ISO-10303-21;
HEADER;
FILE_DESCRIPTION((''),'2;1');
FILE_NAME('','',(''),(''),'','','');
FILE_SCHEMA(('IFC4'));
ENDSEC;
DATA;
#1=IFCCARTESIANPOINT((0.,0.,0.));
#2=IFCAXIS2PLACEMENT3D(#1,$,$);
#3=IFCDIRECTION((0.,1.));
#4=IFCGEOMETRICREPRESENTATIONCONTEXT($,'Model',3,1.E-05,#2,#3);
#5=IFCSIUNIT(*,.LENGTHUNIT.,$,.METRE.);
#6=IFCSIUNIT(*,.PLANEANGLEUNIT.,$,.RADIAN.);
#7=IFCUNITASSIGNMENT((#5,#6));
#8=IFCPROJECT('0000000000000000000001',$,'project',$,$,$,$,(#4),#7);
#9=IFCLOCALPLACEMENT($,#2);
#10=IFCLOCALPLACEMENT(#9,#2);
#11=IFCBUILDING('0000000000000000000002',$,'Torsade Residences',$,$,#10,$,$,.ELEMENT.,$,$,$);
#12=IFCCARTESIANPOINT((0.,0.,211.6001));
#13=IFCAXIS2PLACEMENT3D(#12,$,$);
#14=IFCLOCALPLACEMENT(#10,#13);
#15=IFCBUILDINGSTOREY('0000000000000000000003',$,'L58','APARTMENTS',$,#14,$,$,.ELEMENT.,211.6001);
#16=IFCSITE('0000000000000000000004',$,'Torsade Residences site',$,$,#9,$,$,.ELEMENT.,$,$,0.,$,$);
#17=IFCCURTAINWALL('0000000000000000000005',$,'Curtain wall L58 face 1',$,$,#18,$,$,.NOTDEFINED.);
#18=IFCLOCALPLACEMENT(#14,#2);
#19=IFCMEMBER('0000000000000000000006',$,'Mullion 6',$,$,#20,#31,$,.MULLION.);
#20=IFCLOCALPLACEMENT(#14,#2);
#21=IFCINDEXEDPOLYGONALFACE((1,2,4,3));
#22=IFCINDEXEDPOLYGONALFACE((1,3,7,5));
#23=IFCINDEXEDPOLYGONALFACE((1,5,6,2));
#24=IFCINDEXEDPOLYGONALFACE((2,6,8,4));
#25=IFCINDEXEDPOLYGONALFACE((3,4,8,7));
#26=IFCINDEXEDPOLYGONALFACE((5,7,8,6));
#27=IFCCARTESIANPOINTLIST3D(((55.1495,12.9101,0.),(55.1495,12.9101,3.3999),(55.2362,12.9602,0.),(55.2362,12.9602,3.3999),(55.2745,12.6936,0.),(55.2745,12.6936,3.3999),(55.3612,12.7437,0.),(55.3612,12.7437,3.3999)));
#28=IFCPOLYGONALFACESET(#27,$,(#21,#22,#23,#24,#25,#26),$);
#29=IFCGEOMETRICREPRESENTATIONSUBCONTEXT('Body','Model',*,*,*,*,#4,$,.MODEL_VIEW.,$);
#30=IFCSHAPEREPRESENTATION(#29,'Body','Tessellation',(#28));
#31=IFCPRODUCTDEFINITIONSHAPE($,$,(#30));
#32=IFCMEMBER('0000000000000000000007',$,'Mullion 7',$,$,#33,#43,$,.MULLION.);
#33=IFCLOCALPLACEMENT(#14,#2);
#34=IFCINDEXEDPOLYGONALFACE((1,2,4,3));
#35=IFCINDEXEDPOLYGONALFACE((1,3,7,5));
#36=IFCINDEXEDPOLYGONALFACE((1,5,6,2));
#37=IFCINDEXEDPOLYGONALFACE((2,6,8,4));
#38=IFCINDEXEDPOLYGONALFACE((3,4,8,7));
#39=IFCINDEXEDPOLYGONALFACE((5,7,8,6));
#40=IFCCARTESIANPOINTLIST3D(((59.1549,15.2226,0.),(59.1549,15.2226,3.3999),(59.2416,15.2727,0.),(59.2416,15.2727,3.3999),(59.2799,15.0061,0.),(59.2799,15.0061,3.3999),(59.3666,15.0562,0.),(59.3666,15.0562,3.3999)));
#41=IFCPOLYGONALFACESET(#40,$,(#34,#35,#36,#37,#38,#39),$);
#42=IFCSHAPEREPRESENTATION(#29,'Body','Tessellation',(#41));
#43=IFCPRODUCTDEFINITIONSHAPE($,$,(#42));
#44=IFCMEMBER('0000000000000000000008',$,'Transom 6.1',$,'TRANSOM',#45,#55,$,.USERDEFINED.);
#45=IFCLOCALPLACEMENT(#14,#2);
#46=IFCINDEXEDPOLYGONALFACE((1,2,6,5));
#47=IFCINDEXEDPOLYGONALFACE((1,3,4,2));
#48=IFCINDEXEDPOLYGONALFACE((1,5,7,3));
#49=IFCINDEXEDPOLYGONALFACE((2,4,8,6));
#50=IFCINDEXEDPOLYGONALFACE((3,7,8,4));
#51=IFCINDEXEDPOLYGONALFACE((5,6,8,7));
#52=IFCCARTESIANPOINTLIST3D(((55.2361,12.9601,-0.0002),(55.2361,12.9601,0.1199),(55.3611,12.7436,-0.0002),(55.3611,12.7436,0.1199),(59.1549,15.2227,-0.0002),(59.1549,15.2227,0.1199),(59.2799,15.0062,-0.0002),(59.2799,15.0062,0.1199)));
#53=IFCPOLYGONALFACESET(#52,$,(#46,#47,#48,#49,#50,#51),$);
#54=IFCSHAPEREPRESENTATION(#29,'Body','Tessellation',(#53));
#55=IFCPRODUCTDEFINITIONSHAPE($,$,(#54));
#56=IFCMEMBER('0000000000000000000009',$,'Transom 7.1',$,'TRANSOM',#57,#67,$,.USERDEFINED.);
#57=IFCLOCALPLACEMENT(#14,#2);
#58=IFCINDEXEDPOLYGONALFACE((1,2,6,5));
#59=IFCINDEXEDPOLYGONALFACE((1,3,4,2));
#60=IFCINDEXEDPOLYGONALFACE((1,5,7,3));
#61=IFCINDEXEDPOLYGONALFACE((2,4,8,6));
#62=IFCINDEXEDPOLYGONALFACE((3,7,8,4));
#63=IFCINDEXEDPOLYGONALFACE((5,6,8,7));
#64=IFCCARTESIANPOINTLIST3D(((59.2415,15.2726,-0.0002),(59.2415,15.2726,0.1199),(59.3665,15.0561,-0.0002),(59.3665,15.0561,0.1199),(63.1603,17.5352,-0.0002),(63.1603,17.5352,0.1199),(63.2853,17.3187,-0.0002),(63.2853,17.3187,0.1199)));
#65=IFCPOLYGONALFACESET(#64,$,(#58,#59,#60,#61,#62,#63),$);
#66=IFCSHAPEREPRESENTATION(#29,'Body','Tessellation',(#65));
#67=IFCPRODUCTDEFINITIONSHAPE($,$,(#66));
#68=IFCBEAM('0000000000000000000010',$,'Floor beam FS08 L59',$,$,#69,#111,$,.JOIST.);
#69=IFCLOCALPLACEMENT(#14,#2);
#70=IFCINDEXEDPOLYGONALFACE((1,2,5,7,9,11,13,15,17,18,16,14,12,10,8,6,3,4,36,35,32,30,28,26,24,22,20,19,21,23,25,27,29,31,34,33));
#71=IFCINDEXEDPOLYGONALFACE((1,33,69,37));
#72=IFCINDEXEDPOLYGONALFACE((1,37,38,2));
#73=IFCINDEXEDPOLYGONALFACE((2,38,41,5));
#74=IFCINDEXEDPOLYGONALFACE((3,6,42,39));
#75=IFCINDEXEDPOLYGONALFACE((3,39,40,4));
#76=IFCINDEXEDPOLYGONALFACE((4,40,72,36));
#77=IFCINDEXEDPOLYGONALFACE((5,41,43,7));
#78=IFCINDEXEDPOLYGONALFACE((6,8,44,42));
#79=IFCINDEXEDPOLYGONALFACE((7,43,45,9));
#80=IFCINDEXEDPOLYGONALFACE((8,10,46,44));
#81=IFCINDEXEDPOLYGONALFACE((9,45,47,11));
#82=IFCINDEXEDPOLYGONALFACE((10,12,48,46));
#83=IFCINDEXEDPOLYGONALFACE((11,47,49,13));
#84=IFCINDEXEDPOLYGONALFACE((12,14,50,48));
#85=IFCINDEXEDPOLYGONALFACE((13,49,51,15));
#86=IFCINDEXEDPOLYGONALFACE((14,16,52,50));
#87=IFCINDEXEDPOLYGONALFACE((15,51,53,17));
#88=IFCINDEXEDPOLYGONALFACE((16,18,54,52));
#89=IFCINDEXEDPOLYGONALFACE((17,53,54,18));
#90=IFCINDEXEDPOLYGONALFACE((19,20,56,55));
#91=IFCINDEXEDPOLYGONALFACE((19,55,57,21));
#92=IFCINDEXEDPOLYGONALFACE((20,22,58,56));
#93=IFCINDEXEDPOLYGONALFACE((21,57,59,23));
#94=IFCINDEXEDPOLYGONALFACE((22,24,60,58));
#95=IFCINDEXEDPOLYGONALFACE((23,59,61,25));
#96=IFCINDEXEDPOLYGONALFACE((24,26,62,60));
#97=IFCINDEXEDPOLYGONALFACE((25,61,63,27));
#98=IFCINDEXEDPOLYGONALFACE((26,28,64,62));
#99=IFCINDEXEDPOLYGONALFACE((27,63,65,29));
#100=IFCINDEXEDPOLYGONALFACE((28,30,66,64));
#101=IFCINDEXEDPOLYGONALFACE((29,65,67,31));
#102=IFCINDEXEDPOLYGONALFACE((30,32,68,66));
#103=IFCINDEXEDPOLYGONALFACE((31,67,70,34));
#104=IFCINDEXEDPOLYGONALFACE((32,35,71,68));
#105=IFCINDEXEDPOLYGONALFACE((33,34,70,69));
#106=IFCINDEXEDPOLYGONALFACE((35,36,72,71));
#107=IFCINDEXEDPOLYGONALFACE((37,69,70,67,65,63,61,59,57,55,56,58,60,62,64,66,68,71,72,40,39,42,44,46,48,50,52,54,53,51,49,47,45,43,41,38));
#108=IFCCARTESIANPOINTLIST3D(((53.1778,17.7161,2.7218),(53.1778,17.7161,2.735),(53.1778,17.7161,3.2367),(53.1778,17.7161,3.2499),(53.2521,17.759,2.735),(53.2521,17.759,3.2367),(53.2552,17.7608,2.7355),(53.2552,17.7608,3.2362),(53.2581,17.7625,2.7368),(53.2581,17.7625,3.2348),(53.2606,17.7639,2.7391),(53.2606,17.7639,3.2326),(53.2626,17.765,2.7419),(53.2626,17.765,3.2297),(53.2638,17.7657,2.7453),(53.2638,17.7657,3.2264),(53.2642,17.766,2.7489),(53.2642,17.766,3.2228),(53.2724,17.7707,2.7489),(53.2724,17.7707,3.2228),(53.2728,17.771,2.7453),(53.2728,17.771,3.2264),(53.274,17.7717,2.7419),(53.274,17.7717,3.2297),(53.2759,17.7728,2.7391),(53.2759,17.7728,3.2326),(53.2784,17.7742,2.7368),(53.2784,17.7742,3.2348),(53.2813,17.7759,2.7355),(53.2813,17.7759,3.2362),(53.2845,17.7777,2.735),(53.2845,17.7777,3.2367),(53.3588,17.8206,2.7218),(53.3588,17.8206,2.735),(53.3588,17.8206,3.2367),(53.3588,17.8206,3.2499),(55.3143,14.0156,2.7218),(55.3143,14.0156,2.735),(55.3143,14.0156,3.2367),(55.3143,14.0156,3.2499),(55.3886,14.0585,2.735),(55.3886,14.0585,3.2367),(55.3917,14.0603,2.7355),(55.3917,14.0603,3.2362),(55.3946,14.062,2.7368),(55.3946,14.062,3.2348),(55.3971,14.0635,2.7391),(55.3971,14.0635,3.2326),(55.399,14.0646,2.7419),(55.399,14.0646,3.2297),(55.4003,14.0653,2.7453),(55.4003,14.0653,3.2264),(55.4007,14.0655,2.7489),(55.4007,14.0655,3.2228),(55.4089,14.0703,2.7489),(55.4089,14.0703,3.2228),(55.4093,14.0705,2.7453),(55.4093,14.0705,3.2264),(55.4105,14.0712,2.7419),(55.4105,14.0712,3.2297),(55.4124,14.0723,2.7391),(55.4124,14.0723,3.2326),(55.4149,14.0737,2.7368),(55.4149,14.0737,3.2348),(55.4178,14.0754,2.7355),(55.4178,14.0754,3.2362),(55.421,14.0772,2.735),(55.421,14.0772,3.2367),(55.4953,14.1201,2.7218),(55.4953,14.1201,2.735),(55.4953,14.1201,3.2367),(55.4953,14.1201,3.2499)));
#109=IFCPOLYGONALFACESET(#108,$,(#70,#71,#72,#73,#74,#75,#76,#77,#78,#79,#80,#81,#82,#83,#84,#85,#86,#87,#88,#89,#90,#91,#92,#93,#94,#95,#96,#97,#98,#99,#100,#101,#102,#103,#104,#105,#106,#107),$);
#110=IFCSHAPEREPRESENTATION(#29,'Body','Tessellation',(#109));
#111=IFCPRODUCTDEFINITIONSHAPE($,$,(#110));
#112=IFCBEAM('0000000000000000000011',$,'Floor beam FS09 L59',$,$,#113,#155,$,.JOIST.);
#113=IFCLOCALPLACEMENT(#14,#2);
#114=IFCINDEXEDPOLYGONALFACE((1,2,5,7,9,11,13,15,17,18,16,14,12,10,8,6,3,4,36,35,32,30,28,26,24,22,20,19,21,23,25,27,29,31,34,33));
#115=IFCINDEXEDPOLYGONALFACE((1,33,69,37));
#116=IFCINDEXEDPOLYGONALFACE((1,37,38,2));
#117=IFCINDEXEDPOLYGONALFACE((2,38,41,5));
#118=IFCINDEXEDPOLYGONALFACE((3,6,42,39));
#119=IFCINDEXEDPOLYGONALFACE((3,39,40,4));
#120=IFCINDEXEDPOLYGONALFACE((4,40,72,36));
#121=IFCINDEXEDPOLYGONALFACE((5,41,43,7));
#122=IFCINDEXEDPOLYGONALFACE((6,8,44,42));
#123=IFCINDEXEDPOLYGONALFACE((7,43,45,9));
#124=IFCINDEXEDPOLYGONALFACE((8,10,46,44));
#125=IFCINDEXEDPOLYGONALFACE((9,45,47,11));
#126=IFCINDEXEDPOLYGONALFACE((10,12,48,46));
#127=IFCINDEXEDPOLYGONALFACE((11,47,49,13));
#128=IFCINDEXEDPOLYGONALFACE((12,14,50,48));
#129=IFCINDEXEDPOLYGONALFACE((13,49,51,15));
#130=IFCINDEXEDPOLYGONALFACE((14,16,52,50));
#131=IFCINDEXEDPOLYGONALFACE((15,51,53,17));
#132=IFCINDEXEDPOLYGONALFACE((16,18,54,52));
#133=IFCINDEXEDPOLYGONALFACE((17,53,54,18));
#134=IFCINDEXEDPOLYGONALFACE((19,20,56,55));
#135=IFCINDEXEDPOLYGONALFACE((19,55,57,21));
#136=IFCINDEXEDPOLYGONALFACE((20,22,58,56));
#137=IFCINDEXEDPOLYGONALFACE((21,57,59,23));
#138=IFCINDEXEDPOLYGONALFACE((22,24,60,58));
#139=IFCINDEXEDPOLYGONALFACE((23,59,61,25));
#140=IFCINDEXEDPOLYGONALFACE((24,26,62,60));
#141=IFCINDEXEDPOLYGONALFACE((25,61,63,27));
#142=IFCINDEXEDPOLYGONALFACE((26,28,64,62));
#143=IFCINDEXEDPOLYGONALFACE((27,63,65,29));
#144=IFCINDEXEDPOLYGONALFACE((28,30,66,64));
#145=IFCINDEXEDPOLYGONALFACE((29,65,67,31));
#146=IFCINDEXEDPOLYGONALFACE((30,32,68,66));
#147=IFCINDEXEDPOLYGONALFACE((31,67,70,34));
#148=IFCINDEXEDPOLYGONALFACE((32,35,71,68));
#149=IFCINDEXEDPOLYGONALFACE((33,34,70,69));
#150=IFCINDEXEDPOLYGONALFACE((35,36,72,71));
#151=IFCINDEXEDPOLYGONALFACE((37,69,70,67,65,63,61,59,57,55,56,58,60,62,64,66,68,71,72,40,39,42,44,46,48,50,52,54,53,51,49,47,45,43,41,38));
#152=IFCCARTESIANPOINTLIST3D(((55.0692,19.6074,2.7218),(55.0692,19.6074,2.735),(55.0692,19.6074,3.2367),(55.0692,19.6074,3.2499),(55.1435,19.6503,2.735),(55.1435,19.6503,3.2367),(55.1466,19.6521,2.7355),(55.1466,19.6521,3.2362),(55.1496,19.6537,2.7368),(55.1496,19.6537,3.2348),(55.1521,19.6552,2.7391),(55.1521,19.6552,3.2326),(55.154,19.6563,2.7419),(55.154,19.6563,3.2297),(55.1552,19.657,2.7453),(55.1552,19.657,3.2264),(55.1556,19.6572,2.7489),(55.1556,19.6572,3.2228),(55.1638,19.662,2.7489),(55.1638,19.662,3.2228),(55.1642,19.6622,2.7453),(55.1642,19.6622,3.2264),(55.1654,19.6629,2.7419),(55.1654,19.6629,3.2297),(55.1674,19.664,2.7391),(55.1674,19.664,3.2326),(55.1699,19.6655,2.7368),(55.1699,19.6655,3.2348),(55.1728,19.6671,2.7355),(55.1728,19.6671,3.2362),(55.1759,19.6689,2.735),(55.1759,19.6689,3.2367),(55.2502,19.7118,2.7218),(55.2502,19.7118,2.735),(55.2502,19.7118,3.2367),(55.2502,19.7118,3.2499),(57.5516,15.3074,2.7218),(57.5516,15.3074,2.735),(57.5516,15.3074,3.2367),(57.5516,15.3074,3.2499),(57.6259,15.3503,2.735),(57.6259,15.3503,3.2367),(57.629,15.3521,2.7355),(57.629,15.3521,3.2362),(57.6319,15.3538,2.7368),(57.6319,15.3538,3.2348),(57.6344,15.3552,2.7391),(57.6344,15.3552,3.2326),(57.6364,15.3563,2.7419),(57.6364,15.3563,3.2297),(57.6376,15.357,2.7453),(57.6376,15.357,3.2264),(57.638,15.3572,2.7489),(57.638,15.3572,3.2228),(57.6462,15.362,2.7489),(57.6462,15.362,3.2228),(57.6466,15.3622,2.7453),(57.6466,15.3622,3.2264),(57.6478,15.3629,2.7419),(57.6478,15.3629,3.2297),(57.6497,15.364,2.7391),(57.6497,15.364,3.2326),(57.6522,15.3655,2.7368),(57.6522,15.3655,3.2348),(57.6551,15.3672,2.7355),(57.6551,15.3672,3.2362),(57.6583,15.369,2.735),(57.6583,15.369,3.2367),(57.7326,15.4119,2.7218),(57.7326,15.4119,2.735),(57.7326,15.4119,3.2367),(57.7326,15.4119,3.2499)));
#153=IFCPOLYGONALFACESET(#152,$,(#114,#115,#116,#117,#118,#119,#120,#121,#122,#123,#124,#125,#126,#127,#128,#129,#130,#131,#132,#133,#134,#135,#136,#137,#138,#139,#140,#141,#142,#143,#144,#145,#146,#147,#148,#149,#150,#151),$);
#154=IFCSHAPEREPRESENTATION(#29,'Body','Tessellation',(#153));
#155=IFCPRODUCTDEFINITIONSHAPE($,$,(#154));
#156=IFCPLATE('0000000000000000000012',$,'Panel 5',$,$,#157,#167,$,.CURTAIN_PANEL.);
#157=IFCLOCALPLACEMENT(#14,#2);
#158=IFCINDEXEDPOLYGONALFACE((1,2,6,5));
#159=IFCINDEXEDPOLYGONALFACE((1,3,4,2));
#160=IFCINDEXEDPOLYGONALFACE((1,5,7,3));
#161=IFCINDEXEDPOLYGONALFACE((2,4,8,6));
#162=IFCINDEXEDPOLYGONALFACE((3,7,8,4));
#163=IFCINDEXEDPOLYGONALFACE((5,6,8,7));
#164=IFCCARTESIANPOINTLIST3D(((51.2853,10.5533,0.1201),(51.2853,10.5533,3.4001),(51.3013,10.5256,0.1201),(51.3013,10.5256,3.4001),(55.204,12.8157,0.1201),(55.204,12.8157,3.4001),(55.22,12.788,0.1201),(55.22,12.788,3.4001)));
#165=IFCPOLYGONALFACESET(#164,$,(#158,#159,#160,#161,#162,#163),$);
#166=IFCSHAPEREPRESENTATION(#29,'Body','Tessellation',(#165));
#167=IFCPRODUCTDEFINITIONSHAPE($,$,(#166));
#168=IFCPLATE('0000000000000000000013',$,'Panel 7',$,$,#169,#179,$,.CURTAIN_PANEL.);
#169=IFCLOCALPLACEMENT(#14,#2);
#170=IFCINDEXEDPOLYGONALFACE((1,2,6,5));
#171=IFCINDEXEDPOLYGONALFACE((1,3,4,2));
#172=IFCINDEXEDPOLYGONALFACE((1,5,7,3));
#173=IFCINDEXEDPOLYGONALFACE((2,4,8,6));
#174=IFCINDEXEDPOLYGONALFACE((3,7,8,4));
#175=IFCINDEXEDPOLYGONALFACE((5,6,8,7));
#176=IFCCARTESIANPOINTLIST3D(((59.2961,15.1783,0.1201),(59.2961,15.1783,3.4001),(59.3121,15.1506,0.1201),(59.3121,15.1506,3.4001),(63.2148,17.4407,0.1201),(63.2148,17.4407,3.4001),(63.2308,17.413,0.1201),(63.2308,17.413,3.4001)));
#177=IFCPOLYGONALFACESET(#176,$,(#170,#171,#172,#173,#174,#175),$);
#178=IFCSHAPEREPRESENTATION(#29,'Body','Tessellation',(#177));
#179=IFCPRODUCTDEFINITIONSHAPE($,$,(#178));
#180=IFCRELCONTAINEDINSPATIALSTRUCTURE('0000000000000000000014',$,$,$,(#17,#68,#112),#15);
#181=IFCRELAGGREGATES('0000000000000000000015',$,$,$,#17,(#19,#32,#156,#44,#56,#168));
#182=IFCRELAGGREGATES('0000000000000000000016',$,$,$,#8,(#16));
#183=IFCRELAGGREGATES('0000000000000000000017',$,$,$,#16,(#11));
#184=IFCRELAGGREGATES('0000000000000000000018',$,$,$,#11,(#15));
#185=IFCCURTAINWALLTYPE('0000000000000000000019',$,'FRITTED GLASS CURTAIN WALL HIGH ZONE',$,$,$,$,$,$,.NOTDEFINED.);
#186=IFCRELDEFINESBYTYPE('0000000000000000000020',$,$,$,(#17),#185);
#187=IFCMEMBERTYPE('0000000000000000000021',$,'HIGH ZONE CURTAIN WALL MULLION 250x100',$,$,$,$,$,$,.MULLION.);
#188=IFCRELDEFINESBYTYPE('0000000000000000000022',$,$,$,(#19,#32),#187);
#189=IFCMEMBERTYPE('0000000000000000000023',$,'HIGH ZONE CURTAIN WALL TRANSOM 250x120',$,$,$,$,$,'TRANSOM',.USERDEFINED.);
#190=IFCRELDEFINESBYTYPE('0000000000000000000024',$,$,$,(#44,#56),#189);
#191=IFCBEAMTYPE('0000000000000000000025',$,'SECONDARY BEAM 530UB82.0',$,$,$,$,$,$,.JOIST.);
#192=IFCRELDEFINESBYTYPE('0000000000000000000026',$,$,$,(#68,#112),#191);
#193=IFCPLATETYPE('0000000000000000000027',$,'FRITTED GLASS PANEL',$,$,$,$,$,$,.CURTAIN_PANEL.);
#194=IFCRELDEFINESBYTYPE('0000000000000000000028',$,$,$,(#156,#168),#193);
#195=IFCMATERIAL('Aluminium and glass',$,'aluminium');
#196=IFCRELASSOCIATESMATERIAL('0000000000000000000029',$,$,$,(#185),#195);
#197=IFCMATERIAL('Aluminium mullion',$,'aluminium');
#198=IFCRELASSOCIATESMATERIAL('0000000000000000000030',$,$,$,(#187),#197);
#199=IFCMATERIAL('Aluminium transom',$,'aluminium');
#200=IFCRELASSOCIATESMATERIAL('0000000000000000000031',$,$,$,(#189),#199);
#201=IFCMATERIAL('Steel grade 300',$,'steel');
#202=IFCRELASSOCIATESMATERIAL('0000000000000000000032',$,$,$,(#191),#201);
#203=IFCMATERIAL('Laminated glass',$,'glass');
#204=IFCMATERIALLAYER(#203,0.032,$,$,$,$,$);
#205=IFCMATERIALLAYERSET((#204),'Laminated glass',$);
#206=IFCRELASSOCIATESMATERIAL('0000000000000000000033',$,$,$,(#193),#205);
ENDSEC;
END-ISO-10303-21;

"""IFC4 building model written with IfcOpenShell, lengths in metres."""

from ifc_helpers import new_model, si_unit, direction, frame, origin, origin_2d, place, context, subcontext, project, spatial, rectangle, i_section, extrude, material, layer, layer_set, material_profile, profile_set, type_object, element, aggregate, save


model = new_model("IFC4")

# Units and contexts
model_context = context("Model", 3, precision=1e-05, world=origin(), true_north=direction((0.0, 1.0)))
body_context = subcontext(model_context, "Body", "Model", "MODEL_VIEW")
ifc_project = project(units=[si_unit("LENGTHUNIT", "METRE"), si_unit("PLANEANGLEUNIT", "RADIAN")], contexts=[model_context])

# Site, building, storey
site_placement = place(None, origin())
site = spatial("IfcSite", under=ifc_project, at=site_placement, Name="Torsade Residences site", CompositionType="ELEMENT", RefElevation=0.0)
building_placement = place(site_placement, origin())
building = spatial("IfcBuilding", under=site, at=building_placement, Name="Torsade Residences", CompositionType="ELEMENT")
storey_placement = place(building_placement, frame((0.0, 0.0, 211.6001)))
storey = spatial("IfcBuildingStorey", under=building, at=storey_placement, Name="L58", Description="APARTMENTS", CompositionType="ELEMENT", Elevation=211.6001)

# Curtain wall, members
ifc_material_1 = material(Name="Aluminium and glass", Category="aluminium")
curtain_wall_type = type_object("IfcCurtainWallType", Name="FRITTED GLASS CURTAIN WALL HIGH ZONE", PredefinedType="NOTDEFINED", material=ifc_material_1)
curtain_wall_placement = place(storey_placement, origin())
curtain_wall = element("IfcCurtainWall", 1, at=curtain_wall_placement, inside=storey, type_object=curtain_wall_type, Name="Curtain wall L58 face 1", PredefinedType="NOTDEFINED")
ifc_material_2 = material(Name="Aluminium mullion", Category="aluminium")
ifc_material_profile_1 = material_profile(ifc_material_2, rectangle(XDim=0.25, YDim=0.1001, at=origin_2d()), Name="HIGH ZONE CURTAIN WALL MULLION 250x100")
ifc_profile_set_1 = profile_set([ifc_material_profile_1], Name="Aluminium mullion")
member_type_1 = type_object("IfcMemberType", Name="HIGH ZONE CURTAIN WALL MULLION 250x100", PredefinedType="MULLION", material=ifc_profile_set_1)
member_1_placement = place(storey_placement, frame((55.2554, 12.8269, 0.0), z_axis=(0.0, 0.0, 1.0), x_axis=(-0.5, 0.866025, 0.0)))
member_1 = element("IfcMember", 2, at=member_1_placement, type_object=member_type_1, Name="Mullion 6", PredefinedType="MULLION", context=body_context, shape_type="SweptSolid", body=[
    extrude(rectangle(XDim=0.25, YDim=0.1001, at=origin_2d()), origin(), (0.0, 0.0, 1.0), 3.3999),
])
member_2_placement = place(storey_placement, frame((59.2607, 15.1394, 0.0), z_axis=(0.0, 0.0, 1.0), x_axis=(-0.5, 0.866025, 0.0)))
member_2 = element("IfcMember", 3, at=member_2_placement, type_object=member_type_1, Name="Mullion 7", PredefinedType="MULLION", context=body_context, shape_type="SweptSolid", body=[
    extrude(rectangle(XDim=0.25, YDim=0.1001, at=origin_2d()), origin(), (0.0, 0.0, 1.0), 3.3999),
])
ifc_material_3 = material(Name="Aluminium transom", Category="aluminium")
ifc_material_profile_2 = material_profile(ifc_material_3, rectangle(XDim=0.25, YDim=0.1201, at=origin_2d()), Name="HIGH ZONE CURTAIN WALL TRANSOM 250x120")
ifc_profile_set_2 = profile_set([ifc_material_profile_2], Name="Aluminium transom")
member_type_2 = type_object("IfcMemberType", Name="HIGH ZONE CURTAIN WALL TRANSOM 250x120", ElementType="TRANSOM", PredefinedType="USERDEFINED", material=ifc_profile_set_2)
member_3_placement = place(storey_placement, frame((55.2986, 12.8518, 0.0598), z_axis=(0.866017, 0.500015, 0.0), x_axis=(-0.500015, 0.866017, 0.0)))
member_3 = element("IfcMember", 4, at=member_3_placement, type_object=member_type_2, Name="Transom 6.1", ObjectType="TRANSOM", PredefinedType="USERDEFINED", context=body_context, shape_type="SweptSolid", body=[
    extrude(rectangle(XDim=0.25, YDim=0.1201, at=origin_2d()), origin(), (0.0, 0.0, 1.0), 4.5251),
])
member_4_placement = place(storey_placement, frame((59.304, 15.1643, 0.0598), z_axis=(0.866017, 0.500015, 0.0), x_axis=(-0.500015, 0.866017, 0.0)))
member_4 = element("IfcMember", 5, at=member_4_placement, type_object=member_type_2, Name="Transom 7.1", ObjectType="TRANSOM", PredefinedType="USERDEFINED", context=body_context, shape_type="SweptSolid", body=[
    extrude(rectangle(XDim=0.25, YDim=0.1201, at=origin_2d()), origin(), (0.0, 0.0, 1.0), 4.5251),
])

# Beams
ifc_material_4 = material(Name="Steel grade 300", Category="steel")
ifc_material_profile_3 = material_profile(ifc_material_4, i_section(OverallWidth=0.209, OverallDepth=0.5281, WebThickness=0.0095, FlangeThickness=0.0132, FilletRadius=0.0139, at=origin_2d()), Name="530UB82.0")
ifc_profile_set_3 = profile_set([ifc_material_profile_3], Name="Steel grade 300")
beam_type = type_object("IfcBeamType", Name="SECONDARY BEAM 530UB82.0", PredefinedType="JOIST", material=ifc_profile_set_3)
beam_1_placement = place(storey_placement, frame((55.4048, 14.0679, 2.9858), z_axis=(-0.500004, 0.866023, 0.0), x_axis=(-0.866023, -0.500004, 0.0)))
element("IfcBeam", 6, at=beam_1_placement, inside=storey, type_object=beam_type, Name="Floor beam FS08 L59", PredefinedType="JOIST", context=body_context, shape_type="SweptSolid", body=[
    extrude(i_section(OverallWidth=0.209, OverallDepth=0.5281, WebThickness=0.0095, FlangeThickness=0.0132, FilletRadius=0.0139, at=origin_2d()), origin(), (0.0, 0.0, 1.0), 4.2729),
])
beam_2_placement = place(storey_placement, frame((57.6421, 15.3596, 2.9858), z_axis=(-0.499968, 0.866044, 0.0), x_axis=(-0.866044, -0.499968, 0.0)))
element("IfcBeam", 7, at=beam_2_placement, inside=storey, type_object=beam_type, Name="Floor beam FS09 L59", PredefinedType="JOIST", context=body_context, shape_type="SweptSolid", body=[
    extrude(i_section(OverallWidth=0.209, OverallDepth=0.5281, WebThickness=0.0095, FlangeThickness=0.0132, FilletRadius=0.0139, at=origin_2d()), origin(), (0.0, 0.0, 1.0), 4.9651),
])

# Plates
ifc_material_5 = material(Name="Laminated glass", Category="glass")
ifc_layer_1 = layer(ifc_material_5, 0.032)
ifc_layer_set_1 = layer_set([ifc_layer_1], Name="Laminated glass")
plate_type_1 = type_object("IfcPlateType", Name="FRITTED GLASS PANEL", PredefinedType="CURTAIN_PANEL", material=ifc_layer_set_1)
plate_1_placement = place(storey_placement, frame((53.2527, 11.6707, 0.1201), z_axis=(0.0, 0.0, 1.0), x_axis=(0.866025, 0.5, 0.0)))
plate_1 = element("IfcPlate", 8, at=plate_1_placement, type_object=plate_type_1, Name="Panel 5", PredefinedType="CURTAIN_PANEL", context=body_context, shape_type="SweptSolid", body=[
    extrude(rectangle(XDim=4.5249, YDim=0.032, at=origin_2d()), origin(), (0.0, 0.0, 1.0), 3.28),
])
plate_2_placement = place(storey_placement, frame((61.2634, 16.2957, 0.1201), z_axis=(0.0, 0.0, 1.0), x_axis=(0.866025, 0.5, 0.0)))
plate_2 = element("IfcPlate", 9, at=plate_2_placement, type_object=plate_type_1, Name="Panel 7", PredefinedType="CURTAIN_PANEL", context=body_context, shape_type="SweptSolid", body=[
    extrude(rectangle(XDim=4.5249, YDim=0.032, at=origin_2d()), origin(), (0.0, 0.0, 1.0), 3.28),
])
aggregate(curtain_wall, [member_1, member_2, plate_1, member_3, member_4, plate_2])

save(model, "model.ifc")
